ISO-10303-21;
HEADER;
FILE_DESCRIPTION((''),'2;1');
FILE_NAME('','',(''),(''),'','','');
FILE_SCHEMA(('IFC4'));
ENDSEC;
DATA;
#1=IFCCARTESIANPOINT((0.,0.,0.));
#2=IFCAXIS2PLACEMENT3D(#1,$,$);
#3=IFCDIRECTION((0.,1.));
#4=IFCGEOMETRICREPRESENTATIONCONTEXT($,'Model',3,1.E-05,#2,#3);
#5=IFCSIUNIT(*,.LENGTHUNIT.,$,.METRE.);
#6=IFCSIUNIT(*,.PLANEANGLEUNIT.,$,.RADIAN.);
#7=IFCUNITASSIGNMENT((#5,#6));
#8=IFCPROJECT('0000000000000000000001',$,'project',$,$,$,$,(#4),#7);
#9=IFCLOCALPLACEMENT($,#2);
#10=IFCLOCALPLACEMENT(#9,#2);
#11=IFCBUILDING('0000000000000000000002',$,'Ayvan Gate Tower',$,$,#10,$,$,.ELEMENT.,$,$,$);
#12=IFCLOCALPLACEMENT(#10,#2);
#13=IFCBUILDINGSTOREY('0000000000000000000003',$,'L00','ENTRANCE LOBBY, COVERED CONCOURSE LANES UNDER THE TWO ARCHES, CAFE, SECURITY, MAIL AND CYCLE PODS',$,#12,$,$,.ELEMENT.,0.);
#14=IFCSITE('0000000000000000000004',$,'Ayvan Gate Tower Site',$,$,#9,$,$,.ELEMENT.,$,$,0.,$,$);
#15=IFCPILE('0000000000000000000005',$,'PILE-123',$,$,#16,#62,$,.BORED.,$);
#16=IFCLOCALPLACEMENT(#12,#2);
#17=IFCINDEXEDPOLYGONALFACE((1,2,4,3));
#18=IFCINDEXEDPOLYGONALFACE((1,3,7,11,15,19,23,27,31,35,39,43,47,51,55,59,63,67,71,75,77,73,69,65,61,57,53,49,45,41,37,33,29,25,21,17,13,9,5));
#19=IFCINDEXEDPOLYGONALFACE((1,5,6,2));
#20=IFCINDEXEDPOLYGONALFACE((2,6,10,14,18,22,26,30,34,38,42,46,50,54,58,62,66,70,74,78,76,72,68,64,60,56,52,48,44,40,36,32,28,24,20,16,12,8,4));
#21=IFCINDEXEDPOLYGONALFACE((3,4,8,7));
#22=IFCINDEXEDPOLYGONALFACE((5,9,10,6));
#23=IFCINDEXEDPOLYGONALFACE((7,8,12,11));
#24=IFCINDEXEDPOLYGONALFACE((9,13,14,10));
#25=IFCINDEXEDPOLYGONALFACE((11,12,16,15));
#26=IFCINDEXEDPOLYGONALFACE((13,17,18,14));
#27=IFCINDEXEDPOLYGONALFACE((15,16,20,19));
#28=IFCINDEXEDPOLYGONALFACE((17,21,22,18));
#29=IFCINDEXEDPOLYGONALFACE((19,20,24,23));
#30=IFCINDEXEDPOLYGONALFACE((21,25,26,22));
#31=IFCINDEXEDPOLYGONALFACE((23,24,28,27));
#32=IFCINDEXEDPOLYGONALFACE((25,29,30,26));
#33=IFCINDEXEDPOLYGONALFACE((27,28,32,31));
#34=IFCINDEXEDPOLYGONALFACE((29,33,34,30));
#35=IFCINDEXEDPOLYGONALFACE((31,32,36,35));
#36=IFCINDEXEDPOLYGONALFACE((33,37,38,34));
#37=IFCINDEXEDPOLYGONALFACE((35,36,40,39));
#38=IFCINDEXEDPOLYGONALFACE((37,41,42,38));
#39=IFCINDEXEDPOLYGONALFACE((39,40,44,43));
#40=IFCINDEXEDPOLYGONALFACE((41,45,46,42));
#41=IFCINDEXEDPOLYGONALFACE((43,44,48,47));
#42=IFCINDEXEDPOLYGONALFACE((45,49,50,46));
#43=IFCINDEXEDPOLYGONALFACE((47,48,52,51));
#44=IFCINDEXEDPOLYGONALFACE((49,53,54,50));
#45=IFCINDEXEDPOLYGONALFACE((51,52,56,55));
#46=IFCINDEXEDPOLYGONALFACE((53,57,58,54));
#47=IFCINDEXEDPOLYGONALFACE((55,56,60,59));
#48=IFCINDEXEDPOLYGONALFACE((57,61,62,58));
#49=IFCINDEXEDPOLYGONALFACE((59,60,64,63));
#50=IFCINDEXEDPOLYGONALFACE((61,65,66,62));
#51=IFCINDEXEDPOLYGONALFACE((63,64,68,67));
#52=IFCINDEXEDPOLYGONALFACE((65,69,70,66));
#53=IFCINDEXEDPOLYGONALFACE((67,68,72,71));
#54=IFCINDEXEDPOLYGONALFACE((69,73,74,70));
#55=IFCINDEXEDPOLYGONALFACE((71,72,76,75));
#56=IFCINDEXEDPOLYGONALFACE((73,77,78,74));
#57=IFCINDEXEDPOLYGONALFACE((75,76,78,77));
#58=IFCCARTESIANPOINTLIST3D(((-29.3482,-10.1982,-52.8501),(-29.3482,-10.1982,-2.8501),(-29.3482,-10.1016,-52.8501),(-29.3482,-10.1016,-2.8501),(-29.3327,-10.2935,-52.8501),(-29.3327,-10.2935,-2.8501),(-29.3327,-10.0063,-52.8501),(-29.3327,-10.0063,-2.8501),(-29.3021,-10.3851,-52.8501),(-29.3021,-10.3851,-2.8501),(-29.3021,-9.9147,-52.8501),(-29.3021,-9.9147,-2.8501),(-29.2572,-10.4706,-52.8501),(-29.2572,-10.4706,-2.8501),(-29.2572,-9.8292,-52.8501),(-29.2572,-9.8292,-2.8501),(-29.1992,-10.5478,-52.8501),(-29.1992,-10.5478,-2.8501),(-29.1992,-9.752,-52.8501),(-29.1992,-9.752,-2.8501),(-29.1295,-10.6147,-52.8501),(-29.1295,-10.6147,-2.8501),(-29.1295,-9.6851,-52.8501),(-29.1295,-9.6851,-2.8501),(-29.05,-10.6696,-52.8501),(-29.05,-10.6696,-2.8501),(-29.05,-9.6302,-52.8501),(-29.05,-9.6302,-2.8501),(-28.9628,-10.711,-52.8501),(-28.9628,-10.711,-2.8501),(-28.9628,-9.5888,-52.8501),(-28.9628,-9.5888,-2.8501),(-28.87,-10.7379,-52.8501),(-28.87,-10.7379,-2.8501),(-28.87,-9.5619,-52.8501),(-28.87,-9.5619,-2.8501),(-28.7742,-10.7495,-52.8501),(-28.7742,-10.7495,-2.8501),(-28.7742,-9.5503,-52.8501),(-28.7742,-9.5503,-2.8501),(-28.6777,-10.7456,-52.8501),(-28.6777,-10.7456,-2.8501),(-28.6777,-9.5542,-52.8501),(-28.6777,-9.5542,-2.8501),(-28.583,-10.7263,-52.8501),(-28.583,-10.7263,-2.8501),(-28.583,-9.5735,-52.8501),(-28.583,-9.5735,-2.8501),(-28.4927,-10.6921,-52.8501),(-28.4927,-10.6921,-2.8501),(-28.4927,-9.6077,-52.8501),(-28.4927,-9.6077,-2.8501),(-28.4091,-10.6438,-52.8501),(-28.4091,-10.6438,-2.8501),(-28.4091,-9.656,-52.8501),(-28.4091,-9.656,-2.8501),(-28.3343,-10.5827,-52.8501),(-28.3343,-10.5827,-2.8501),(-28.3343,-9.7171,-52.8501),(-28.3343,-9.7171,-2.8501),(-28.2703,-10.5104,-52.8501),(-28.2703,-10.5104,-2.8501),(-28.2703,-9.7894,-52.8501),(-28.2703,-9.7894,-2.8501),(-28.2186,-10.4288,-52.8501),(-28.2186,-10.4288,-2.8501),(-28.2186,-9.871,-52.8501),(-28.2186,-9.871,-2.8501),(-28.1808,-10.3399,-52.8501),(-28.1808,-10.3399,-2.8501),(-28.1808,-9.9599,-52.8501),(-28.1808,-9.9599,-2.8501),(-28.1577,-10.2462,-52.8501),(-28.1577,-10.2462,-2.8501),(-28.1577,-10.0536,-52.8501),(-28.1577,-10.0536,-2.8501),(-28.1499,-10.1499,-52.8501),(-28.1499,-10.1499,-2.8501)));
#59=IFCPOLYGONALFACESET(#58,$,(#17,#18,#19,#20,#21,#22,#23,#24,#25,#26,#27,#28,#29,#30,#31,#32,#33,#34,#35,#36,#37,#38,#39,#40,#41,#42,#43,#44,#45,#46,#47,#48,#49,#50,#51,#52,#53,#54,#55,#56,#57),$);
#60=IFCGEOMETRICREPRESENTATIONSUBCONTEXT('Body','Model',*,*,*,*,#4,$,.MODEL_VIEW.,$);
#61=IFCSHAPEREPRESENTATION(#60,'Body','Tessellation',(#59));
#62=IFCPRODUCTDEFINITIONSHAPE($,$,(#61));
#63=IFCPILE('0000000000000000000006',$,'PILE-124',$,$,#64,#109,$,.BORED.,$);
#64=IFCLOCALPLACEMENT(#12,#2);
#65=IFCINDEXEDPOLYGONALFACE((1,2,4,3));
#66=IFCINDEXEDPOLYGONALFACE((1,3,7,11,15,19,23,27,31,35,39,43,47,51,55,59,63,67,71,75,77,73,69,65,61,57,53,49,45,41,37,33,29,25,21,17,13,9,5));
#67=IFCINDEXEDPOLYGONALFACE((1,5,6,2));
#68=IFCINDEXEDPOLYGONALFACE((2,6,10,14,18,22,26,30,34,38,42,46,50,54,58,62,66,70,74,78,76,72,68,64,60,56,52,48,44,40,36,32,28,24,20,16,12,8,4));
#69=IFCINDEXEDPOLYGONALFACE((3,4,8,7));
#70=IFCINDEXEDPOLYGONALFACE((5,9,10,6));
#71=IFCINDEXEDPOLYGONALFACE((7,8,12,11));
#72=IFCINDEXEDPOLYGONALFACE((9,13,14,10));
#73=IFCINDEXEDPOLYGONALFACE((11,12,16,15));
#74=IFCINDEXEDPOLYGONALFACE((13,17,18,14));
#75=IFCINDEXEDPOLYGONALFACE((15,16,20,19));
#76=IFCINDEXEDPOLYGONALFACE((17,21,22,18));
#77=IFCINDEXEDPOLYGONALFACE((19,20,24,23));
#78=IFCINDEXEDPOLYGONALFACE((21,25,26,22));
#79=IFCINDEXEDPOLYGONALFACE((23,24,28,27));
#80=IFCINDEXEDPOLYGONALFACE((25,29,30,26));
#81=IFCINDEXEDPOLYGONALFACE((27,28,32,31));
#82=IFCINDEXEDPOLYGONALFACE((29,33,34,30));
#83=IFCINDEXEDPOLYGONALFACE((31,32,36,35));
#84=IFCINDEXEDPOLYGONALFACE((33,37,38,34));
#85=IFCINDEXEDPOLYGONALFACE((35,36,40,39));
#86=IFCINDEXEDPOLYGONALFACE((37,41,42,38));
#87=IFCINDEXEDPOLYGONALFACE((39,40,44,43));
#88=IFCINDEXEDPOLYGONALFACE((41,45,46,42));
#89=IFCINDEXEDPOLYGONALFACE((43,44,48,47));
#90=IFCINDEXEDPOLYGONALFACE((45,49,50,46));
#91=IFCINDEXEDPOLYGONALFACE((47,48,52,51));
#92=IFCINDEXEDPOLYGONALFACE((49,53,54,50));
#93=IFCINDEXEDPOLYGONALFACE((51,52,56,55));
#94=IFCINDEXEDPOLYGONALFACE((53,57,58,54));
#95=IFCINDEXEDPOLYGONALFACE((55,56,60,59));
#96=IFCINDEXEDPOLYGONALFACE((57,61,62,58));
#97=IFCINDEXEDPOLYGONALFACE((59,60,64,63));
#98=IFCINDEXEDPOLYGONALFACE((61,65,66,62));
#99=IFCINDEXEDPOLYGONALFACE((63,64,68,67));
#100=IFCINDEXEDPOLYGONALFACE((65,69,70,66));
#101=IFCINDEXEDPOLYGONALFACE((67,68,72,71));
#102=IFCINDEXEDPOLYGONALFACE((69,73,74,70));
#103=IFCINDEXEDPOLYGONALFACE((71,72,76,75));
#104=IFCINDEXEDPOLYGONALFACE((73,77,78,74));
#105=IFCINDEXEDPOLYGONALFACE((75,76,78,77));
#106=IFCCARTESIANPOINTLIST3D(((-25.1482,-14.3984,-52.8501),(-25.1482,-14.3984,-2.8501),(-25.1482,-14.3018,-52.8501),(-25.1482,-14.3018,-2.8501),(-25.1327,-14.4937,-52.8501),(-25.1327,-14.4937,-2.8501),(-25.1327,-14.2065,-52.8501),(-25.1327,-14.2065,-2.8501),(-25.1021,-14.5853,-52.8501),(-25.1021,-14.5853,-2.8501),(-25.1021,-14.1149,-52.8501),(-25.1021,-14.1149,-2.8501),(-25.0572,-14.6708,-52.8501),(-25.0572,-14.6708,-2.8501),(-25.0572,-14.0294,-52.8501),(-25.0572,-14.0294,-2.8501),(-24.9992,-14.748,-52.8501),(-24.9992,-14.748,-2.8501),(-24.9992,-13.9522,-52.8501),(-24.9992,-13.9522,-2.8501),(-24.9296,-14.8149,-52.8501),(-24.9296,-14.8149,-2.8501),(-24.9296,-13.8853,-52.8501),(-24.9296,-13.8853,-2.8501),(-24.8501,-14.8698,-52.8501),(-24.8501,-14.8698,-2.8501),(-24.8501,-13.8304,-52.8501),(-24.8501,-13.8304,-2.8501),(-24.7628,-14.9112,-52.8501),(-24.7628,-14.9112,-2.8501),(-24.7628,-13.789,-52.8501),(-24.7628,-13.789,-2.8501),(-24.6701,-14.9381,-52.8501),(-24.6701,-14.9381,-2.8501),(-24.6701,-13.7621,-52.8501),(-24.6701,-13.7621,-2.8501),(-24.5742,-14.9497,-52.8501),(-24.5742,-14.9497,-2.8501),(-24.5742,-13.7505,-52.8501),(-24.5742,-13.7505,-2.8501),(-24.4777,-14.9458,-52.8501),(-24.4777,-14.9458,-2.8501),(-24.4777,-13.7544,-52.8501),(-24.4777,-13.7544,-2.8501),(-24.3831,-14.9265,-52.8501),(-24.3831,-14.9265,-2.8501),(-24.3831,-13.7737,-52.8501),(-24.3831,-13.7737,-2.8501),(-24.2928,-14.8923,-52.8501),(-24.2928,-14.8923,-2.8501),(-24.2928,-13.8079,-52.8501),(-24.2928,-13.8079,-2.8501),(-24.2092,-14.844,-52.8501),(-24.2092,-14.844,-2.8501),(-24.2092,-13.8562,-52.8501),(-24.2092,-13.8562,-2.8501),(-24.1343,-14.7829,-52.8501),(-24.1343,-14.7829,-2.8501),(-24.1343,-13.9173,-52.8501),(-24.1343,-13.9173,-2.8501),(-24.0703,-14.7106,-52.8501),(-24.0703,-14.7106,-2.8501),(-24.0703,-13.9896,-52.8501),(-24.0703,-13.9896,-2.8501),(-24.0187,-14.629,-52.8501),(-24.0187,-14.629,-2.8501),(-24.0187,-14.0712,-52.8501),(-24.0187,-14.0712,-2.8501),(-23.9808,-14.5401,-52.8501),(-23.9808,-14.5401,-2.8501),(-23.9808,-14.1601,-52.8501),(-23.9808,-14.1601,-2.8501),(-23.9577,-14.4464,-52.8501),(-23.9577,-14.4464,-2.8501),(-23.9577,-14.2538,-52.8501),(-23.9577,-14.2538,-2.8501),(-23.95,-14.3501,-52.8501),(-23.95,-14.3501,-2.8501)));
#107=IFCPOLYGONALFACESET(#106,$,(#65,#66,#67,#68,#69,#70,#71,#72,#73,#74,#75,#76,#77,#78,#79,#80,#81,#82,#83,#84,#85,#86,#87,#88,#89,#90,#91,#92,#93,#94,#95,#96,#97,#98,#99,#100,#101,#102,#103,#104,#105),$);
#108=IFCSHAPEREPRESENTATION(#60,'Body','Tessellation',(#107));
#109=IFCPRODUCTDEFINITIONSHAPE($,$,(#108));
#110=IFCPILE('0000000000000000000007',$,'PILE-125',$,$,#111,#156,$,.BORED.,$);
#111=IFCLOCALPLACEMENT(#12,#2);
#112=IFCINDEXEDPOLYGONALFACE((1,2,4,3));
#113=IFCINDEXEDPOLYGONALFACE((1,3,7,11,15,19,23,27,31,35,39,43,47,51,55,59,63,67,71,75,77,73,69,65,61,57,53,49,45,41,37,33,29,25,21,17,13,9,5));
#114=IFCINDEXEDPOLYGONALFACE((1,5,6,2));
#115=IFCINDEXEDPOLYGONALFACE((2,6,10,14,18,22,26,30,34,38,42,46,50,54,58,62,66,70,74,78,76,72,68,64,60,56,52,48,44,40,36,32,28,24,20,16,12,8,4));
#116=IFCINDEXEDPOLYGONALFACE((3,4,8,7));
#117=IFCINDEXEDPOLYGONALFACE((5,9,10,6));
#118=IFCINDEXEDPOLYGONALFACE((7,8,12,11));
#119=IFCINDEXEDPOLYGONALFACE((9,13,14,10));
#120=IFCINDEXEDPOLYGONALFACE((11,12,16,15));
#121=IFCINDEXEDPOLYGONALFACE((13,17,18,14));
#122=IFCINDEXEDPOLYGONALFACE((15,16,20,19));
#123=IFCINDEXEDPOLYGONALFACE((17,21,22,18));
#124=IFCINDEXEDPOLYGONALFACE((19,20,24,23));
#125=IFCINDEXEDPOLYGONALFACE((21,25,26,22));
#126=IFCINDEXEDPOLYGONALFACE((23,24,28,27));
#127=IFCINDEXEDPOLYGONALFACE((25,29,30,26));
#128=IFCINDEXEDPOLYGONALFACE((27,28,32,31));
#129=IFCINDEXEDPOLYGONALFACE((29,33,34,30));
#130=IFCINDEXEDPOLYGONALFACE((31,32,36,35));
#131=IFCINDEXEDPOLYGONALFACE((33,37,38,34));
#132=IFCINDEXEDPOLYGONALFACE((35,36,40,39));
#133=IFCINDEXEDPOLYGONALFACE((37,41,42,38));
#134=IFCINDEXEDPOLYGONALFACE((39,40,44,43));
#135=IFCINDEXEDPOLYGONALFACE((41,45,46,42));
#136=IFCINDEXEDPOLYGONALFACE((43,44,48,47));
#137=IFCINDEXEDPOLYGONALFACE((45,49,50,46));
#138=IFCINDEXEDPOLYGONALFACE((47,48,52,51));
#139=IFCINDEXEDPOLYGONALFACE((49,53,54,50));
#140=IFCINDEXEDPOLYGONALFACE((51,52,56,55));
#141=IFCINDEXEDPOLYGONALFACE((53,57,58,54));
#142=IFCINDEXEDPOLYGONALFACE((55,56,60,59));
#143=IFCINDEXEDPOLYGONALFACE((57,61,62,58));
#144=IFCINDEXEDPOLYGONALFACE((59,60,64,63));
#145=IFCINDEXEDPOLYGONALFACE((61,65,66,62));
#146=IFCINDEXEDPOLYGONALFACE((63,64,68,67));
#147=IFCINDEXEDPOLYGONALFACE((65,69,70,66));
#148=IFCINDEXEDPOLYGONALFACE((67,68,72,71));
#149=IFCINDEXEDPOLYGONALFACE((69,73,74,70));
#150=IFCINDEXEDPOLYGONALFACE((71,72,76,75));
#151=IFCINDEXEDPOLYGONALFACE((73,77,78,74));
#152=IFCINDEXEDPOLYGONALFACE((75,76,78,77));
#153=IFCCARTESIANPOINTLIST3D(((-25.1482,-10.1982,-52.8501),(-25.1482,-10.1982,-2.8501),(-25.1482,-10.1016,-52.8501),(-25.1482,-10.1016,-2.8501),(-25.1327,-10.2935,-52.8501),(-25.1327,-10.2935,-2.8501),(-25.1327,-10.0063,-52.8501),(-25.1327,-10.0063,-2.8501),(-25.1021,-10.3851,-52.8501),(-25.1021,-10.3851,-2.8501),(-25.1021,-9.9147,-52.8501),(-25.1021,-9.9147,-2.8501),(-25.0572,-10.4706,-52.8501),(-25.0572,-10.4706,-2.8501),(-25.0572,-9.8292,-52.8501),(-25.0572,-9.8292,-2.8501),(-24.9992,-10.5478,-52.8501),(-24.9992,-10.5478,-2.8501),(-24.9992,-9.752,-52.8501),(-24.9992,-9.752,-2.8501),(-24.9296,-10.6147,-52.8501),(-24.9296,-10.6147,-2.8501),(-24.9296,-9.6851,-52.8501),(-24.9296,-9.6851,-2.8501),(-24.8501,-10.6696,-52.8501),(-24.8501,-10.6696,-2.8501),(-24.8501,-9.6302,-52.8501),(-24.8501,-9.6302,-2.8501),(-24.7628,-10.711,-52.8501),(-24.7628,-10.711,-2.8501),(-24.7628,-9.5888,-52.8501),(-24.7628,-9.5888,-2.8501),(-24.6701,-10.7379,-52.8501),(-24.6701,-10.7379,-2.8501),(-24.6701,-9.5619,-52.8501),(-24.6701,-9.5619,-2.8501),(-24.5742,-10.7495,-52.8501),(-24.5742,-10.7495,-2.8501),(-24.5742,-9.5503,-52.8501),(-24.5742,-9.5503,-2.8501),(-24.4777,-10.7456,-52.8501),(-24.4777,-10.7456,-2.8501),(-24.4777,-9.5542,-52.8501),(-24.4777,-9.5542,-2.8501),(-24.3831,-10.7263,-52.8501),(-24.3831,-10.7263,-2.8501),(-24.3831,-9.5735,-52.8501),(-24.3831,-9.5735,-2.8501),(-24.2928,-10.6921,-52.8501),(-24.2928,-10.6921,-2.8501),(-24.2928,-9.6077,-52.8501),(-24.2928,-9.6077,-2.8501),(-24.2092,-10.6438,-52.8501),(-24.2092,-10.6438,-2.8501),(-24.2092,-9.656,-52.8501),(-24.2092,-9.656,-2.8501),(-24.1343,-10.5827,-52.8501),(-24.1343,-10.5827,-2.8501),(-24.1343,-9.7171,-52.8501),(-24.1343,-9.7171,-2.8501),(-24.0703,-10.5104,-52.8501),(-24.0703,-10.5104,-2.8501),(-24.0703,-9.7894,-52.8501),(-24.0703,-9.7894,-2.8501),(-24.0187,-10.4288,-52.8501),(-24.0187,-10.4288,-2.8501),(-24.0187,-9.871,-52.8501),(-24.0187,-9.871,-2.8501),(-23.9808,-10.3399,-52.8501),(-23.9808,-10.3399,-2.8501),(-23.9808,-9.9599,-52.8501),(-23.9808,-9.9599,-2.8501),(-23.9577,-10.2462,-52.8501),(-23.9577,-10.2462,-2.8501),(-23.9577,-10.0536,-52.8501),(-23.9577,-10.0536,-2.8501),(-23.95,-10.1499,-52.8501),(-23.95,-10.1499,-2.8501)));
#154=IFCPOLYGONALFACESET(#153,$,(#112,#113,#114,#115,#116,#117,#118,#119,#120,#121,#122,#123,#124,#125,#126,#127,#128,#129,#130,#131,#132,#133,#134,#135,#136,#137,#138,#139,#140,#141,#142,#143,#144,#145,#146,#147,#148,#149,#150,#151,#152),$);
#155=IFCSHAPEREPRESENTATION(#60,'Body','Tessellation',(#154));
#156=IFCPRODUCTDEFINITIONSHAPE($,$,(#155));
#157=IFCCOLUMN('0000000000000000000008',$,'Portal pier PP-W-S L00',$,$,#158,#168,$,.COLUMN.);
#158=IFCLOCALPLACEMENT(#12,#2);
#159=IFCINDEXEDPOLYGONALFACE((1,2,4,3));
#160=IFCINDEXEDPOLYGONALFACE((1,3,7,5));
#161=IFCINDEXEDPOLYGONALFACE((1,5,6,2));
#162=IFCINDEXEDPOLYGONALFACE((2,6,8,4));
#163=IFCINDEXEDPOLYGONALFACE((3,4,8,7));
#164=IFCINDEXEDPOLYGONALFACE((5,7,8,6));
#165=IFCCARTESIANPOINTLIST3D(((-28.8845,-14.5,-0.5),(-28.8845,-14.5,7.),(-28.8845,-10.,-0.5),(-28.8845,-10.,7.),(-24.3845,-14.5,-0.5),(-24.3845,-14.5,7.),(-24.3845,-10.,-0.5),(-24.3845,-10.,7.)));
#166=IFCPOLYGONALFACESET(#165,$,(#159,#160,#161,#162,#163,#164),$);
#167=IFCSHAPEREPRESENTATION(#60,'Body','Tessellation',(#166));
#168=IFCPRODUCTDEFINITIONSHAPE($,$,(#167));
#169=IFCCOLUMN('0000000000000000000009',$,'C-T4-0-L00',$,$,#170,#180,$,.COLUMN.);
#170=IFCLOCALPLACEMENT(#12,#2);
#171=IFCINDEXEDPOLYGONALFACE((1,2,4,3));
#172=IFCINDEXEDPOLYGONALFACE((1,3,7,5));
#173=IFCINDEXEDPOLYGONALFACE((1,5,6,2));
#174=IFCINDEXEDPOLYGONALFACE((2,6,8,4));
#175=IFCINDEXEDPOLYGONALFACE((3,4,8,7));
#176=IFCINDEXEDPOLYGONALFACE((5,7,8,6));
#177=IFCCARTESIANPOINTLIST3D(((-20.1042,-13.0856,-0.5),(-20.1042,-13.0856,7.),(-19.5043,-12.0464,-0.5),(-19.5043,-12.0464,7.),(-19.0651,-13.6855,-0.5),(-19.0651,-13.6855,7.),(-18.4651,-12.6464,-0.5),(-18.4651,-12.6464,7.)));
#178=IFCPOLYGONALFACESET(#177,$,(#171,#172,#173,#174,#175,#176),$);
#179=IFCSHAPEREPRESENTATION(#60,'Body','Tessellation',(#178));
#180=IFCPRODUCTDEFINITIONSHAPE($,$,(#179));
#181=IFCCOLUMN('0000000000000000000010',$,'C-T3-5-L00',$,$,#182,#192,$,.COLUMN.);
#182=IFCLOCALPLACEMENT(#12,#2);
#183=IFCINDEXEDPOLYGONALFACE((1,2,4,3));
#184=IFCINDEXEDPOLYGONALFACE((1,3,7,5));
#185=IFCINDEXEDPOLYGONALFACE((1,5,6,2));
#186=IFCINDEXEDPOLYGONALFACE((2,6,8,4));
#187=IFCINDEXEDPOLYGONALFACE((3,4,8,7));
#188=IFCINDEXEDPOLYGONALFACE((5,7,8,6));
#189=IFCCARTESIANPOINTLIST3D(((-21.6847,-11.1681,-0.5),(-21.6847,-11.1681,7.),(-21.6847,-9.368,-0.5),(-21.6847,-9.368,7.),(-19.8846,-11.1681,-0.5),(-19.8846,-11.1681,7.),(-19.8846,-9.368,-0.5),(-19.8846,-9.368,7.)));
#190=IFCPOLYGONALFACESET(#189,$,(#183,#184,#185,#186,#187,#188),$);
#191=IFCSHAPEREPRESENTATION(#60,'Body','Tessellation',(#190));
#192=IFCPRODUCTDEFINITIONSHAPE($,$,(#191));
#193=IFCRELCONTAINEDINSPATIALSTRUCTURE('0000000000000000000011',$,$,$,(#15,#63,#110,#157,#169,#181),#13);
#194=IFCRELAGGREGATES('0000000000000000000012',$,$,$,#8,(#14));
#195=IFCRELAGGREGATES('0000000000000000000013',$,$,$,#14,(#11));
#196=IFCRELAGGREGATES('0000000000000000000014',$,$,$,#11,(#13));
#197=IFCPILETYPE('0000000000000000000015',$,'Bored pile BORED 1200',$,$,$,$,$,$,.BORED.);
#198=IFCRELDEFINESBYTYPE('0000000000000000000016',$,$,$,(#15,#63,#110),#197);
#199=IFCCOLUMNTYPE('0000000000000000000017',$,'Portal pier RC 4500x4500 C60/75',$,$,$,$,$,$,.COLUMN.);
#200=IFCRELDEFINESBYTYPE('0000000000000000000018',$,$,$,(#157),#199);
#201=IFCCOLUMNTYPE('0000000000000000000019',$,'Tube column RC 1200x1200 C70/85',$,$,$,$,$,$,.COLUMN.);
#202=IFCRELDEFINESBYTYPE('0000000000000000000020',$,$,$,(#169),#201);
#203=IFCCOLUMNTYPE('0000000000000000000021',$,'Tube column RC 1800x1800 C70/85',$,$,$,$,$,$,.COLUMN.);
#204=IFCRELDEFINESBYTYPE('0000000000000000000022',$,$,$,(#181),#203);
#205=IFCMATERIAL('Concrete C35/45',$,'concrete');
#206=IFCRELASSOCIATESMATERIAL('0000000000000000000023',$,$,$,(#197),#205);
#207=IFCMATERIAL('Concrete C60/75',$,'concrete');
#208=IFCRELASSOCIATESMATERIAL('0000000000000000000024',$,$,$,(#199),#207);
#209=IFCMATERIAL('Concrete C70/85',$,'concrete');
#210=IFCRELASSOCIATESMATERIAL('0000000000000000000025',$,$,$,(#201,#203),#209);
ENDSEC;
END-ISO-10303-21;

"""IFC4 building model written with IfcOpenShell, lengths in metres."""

from ifc_helpers import new_model, si_unit, direction, frame, origin, origin_2d, place, context, subcontext, project, spatial, rectangle, circle, extrude, material, material_profile, profile_set, type_object, element, save


model = new_model("IFC4")

# Units and contexts
model_context = context("Model", 3, precision=1e-05, world=origin(), true_north=direction((0.0, 1.0)))
body_context = subcontext(model_context, "Body", "Model", "MODEL_VIEW")
ifc_project = project(units=[si_unit("LENGTHUNIT", "METRE"), si_unit("PLANEANGLEUNIT", "RADIAN")], contexts=[model_context])

# Site, building, storey
site_placement = place(None, origin())
site = spatial("IfcSite", under=ifc_project, at=site_placement, Name="Ayvan Gate Tower Site", CompositionType="ELEMENT", RefElevation=0.0)
building_placement = place(site_placement, origin())
building = spatial("IfcBuilding", under=site, at=building_placement, Name="Ayvan Gate Tower", CompositionType="ELEMENT")
storey_placement = place(building_placement, origin())
storey = spatial("IfcBuildingStorey", under=building, at=storey_placement, Name="L00", Description="ENTRANCE LOBBY, COVERED CONCOURSE LANES UNDER THE TWO ARCHES, CAFE, SECURITY, MAIL AND CYCLE PODS", CompositionType="ELEMENT", Elevation=0.0)

# Piles
ifc_material_1 = material(Name="Concrete C35/45", Category="concrete")
ifc_material_profile_1 = material_profile(ifc_material_1, circle(Radius=0.6001, at=origin_2d()), Name="BORED 1200")
ifc_profile_set_1 = profile_set([ifc_material_profile_1], Name="Concrete C35/45")
pile_type = type_object("IfcPileType", Name="Bored pile BORED 1200", PredefinedType="BORED", material=ifc_profile_set_1)
for number, where, z_axis, x_axis, name in (
    (1, (-28.75, -10.1499, -2.8501), (0.0, 0.0, -1.0), (1.0, 0.0, 0.0), "PILE-123"),
    (2, (-24.55, -14.3501, -2.8501), (0.0, 0.0, -1.0), (1.0, 0.0, 0.0), "PILE-124"),
    (3, (-24.55, -10.1499, -2.8501), (0.0, 0.0, -1.0), (1.0, 0.0, 0.0), "PILE-125"),
):
    element("IfcPile", number, at=place(storey_placement, frame(where, z_axis=z_axis, x_axis=x_axis)), inside=storey, type_object=pile_type, Name=name, PredefinedType="BORED", context=body_context, shape_type="SweptSolid", body=[
        extrude(circle(Radius=0.6001, at=origin_2d()), origin(), (0.0, 0.0, 1.0), 50.0),
    ])

# Columns
ifc_material_2 = material(Name="Concrete C60/75", Category="concrete")
ifc_material_profile_2 = material_profile(ifc_material_2, rectangle(XDim=4.5, YDim=4.5, at=origin_2d()), Name="RC 4500x4500")
ifc_profile_set_2 = profile_set([ifc_material_profile_2], Name="Concrete C60/75")
column_type_1 = type_object("IfcColumnType", Name="Portal pier RC 4500x4500 C60/75", PredefinedType="COLUMN", material=ifc_profile_set_2)
column_1_placement = place(storey_placement, frame((-26.6345, -12.25, -0.5), z_axis=(0.0, 0.0, 1.0), x_axis=(-1.0, 0.0, 0.0)))
element("IfcColumn", 4, at=column_1_placement, inside=storey, type_object=column_type_1, Name="Portal pier PP-W-S L00", PredefinedType="COLUMN", context=body_context, shape_type="SweptSolid", body=[
    extrude(rectangle(XDim=4.5, YDim=4.5, at=origin_2d()), origin(), (0.0, 0.0, 1.0), 7.5),
])
ifc_material_3 = material(Name="Concrete C70/85", Category="concrete")
ifc_material_profile_3 = material_profile(ifc_material_3, rectangle(XDim=1.2, YDim=1.2, at=origin_2d()), Name="RC 1200x1200")
ifc_profile_set_3 = profile_set([ifc_material_profile_3], Name="Concrete C70/85")
column_type_2 = type_object("IfcColumnType", Name="Tube column RC 1200x1200 C70/85", PredefinedType="COLUMN", material=ifc_profile_set_3)
column_2_placement = place(storey_placement, frame((-19.2847, -12.866, -0.5), z_axis=(0.0, 0.0, 1.0), x_axis=(-0.5, -0.866025, 0.0)))
element("IfcColumn", 5, at=column_2_placement, inside=storey, type_object=column_type_2, Name="C-T4-0-L00", PredefinedType="COLUMN", context=body_context, shape_type="SweptSolid", body=[
    extrude(rectangle(XDim=1.2, YDim=1.2, at=origin_2d()), origin(), (0.0, 0.0, 1.0), 7.5),
])
ifc_material_profile_4 = material_profile(ifc_material_3, rectangle(XDim=1.8, YDim=1.8, at=origin_2d()), Name="RC 1800x1800")
ifc_profile_set_4 = profile_set([ifc_material_profile_4], Name="Concrete C70/85")
column_type_3 = type_object("IfcColumnType", Name="Tube column RC 1800x1800 C70/85", PredefinedType="COLUMN", material=ifc_profile_set_4)
column_3_placement = place(storey_placement, frame((-20.7847, -10.2681, -0.5), z_axis=(0.0, 0.0, 1.0), x_axis=(-1.0, 0.0, 0.0)))
element("IfcColumn", 6, at=column_3_placement, inside=storey, type_object=column_type_3, Name="C-T3-5-L00", PredefinedType="COLUMN", context=body_context, shape_type="SweptSolid", body=[
    extrude(rectangle(XDim=1.8, YDim=1.8, at=origin_2d()), origin(), (0.0, 0.0, 1.0), 7.5),
])

save(model, "model.ifc")
